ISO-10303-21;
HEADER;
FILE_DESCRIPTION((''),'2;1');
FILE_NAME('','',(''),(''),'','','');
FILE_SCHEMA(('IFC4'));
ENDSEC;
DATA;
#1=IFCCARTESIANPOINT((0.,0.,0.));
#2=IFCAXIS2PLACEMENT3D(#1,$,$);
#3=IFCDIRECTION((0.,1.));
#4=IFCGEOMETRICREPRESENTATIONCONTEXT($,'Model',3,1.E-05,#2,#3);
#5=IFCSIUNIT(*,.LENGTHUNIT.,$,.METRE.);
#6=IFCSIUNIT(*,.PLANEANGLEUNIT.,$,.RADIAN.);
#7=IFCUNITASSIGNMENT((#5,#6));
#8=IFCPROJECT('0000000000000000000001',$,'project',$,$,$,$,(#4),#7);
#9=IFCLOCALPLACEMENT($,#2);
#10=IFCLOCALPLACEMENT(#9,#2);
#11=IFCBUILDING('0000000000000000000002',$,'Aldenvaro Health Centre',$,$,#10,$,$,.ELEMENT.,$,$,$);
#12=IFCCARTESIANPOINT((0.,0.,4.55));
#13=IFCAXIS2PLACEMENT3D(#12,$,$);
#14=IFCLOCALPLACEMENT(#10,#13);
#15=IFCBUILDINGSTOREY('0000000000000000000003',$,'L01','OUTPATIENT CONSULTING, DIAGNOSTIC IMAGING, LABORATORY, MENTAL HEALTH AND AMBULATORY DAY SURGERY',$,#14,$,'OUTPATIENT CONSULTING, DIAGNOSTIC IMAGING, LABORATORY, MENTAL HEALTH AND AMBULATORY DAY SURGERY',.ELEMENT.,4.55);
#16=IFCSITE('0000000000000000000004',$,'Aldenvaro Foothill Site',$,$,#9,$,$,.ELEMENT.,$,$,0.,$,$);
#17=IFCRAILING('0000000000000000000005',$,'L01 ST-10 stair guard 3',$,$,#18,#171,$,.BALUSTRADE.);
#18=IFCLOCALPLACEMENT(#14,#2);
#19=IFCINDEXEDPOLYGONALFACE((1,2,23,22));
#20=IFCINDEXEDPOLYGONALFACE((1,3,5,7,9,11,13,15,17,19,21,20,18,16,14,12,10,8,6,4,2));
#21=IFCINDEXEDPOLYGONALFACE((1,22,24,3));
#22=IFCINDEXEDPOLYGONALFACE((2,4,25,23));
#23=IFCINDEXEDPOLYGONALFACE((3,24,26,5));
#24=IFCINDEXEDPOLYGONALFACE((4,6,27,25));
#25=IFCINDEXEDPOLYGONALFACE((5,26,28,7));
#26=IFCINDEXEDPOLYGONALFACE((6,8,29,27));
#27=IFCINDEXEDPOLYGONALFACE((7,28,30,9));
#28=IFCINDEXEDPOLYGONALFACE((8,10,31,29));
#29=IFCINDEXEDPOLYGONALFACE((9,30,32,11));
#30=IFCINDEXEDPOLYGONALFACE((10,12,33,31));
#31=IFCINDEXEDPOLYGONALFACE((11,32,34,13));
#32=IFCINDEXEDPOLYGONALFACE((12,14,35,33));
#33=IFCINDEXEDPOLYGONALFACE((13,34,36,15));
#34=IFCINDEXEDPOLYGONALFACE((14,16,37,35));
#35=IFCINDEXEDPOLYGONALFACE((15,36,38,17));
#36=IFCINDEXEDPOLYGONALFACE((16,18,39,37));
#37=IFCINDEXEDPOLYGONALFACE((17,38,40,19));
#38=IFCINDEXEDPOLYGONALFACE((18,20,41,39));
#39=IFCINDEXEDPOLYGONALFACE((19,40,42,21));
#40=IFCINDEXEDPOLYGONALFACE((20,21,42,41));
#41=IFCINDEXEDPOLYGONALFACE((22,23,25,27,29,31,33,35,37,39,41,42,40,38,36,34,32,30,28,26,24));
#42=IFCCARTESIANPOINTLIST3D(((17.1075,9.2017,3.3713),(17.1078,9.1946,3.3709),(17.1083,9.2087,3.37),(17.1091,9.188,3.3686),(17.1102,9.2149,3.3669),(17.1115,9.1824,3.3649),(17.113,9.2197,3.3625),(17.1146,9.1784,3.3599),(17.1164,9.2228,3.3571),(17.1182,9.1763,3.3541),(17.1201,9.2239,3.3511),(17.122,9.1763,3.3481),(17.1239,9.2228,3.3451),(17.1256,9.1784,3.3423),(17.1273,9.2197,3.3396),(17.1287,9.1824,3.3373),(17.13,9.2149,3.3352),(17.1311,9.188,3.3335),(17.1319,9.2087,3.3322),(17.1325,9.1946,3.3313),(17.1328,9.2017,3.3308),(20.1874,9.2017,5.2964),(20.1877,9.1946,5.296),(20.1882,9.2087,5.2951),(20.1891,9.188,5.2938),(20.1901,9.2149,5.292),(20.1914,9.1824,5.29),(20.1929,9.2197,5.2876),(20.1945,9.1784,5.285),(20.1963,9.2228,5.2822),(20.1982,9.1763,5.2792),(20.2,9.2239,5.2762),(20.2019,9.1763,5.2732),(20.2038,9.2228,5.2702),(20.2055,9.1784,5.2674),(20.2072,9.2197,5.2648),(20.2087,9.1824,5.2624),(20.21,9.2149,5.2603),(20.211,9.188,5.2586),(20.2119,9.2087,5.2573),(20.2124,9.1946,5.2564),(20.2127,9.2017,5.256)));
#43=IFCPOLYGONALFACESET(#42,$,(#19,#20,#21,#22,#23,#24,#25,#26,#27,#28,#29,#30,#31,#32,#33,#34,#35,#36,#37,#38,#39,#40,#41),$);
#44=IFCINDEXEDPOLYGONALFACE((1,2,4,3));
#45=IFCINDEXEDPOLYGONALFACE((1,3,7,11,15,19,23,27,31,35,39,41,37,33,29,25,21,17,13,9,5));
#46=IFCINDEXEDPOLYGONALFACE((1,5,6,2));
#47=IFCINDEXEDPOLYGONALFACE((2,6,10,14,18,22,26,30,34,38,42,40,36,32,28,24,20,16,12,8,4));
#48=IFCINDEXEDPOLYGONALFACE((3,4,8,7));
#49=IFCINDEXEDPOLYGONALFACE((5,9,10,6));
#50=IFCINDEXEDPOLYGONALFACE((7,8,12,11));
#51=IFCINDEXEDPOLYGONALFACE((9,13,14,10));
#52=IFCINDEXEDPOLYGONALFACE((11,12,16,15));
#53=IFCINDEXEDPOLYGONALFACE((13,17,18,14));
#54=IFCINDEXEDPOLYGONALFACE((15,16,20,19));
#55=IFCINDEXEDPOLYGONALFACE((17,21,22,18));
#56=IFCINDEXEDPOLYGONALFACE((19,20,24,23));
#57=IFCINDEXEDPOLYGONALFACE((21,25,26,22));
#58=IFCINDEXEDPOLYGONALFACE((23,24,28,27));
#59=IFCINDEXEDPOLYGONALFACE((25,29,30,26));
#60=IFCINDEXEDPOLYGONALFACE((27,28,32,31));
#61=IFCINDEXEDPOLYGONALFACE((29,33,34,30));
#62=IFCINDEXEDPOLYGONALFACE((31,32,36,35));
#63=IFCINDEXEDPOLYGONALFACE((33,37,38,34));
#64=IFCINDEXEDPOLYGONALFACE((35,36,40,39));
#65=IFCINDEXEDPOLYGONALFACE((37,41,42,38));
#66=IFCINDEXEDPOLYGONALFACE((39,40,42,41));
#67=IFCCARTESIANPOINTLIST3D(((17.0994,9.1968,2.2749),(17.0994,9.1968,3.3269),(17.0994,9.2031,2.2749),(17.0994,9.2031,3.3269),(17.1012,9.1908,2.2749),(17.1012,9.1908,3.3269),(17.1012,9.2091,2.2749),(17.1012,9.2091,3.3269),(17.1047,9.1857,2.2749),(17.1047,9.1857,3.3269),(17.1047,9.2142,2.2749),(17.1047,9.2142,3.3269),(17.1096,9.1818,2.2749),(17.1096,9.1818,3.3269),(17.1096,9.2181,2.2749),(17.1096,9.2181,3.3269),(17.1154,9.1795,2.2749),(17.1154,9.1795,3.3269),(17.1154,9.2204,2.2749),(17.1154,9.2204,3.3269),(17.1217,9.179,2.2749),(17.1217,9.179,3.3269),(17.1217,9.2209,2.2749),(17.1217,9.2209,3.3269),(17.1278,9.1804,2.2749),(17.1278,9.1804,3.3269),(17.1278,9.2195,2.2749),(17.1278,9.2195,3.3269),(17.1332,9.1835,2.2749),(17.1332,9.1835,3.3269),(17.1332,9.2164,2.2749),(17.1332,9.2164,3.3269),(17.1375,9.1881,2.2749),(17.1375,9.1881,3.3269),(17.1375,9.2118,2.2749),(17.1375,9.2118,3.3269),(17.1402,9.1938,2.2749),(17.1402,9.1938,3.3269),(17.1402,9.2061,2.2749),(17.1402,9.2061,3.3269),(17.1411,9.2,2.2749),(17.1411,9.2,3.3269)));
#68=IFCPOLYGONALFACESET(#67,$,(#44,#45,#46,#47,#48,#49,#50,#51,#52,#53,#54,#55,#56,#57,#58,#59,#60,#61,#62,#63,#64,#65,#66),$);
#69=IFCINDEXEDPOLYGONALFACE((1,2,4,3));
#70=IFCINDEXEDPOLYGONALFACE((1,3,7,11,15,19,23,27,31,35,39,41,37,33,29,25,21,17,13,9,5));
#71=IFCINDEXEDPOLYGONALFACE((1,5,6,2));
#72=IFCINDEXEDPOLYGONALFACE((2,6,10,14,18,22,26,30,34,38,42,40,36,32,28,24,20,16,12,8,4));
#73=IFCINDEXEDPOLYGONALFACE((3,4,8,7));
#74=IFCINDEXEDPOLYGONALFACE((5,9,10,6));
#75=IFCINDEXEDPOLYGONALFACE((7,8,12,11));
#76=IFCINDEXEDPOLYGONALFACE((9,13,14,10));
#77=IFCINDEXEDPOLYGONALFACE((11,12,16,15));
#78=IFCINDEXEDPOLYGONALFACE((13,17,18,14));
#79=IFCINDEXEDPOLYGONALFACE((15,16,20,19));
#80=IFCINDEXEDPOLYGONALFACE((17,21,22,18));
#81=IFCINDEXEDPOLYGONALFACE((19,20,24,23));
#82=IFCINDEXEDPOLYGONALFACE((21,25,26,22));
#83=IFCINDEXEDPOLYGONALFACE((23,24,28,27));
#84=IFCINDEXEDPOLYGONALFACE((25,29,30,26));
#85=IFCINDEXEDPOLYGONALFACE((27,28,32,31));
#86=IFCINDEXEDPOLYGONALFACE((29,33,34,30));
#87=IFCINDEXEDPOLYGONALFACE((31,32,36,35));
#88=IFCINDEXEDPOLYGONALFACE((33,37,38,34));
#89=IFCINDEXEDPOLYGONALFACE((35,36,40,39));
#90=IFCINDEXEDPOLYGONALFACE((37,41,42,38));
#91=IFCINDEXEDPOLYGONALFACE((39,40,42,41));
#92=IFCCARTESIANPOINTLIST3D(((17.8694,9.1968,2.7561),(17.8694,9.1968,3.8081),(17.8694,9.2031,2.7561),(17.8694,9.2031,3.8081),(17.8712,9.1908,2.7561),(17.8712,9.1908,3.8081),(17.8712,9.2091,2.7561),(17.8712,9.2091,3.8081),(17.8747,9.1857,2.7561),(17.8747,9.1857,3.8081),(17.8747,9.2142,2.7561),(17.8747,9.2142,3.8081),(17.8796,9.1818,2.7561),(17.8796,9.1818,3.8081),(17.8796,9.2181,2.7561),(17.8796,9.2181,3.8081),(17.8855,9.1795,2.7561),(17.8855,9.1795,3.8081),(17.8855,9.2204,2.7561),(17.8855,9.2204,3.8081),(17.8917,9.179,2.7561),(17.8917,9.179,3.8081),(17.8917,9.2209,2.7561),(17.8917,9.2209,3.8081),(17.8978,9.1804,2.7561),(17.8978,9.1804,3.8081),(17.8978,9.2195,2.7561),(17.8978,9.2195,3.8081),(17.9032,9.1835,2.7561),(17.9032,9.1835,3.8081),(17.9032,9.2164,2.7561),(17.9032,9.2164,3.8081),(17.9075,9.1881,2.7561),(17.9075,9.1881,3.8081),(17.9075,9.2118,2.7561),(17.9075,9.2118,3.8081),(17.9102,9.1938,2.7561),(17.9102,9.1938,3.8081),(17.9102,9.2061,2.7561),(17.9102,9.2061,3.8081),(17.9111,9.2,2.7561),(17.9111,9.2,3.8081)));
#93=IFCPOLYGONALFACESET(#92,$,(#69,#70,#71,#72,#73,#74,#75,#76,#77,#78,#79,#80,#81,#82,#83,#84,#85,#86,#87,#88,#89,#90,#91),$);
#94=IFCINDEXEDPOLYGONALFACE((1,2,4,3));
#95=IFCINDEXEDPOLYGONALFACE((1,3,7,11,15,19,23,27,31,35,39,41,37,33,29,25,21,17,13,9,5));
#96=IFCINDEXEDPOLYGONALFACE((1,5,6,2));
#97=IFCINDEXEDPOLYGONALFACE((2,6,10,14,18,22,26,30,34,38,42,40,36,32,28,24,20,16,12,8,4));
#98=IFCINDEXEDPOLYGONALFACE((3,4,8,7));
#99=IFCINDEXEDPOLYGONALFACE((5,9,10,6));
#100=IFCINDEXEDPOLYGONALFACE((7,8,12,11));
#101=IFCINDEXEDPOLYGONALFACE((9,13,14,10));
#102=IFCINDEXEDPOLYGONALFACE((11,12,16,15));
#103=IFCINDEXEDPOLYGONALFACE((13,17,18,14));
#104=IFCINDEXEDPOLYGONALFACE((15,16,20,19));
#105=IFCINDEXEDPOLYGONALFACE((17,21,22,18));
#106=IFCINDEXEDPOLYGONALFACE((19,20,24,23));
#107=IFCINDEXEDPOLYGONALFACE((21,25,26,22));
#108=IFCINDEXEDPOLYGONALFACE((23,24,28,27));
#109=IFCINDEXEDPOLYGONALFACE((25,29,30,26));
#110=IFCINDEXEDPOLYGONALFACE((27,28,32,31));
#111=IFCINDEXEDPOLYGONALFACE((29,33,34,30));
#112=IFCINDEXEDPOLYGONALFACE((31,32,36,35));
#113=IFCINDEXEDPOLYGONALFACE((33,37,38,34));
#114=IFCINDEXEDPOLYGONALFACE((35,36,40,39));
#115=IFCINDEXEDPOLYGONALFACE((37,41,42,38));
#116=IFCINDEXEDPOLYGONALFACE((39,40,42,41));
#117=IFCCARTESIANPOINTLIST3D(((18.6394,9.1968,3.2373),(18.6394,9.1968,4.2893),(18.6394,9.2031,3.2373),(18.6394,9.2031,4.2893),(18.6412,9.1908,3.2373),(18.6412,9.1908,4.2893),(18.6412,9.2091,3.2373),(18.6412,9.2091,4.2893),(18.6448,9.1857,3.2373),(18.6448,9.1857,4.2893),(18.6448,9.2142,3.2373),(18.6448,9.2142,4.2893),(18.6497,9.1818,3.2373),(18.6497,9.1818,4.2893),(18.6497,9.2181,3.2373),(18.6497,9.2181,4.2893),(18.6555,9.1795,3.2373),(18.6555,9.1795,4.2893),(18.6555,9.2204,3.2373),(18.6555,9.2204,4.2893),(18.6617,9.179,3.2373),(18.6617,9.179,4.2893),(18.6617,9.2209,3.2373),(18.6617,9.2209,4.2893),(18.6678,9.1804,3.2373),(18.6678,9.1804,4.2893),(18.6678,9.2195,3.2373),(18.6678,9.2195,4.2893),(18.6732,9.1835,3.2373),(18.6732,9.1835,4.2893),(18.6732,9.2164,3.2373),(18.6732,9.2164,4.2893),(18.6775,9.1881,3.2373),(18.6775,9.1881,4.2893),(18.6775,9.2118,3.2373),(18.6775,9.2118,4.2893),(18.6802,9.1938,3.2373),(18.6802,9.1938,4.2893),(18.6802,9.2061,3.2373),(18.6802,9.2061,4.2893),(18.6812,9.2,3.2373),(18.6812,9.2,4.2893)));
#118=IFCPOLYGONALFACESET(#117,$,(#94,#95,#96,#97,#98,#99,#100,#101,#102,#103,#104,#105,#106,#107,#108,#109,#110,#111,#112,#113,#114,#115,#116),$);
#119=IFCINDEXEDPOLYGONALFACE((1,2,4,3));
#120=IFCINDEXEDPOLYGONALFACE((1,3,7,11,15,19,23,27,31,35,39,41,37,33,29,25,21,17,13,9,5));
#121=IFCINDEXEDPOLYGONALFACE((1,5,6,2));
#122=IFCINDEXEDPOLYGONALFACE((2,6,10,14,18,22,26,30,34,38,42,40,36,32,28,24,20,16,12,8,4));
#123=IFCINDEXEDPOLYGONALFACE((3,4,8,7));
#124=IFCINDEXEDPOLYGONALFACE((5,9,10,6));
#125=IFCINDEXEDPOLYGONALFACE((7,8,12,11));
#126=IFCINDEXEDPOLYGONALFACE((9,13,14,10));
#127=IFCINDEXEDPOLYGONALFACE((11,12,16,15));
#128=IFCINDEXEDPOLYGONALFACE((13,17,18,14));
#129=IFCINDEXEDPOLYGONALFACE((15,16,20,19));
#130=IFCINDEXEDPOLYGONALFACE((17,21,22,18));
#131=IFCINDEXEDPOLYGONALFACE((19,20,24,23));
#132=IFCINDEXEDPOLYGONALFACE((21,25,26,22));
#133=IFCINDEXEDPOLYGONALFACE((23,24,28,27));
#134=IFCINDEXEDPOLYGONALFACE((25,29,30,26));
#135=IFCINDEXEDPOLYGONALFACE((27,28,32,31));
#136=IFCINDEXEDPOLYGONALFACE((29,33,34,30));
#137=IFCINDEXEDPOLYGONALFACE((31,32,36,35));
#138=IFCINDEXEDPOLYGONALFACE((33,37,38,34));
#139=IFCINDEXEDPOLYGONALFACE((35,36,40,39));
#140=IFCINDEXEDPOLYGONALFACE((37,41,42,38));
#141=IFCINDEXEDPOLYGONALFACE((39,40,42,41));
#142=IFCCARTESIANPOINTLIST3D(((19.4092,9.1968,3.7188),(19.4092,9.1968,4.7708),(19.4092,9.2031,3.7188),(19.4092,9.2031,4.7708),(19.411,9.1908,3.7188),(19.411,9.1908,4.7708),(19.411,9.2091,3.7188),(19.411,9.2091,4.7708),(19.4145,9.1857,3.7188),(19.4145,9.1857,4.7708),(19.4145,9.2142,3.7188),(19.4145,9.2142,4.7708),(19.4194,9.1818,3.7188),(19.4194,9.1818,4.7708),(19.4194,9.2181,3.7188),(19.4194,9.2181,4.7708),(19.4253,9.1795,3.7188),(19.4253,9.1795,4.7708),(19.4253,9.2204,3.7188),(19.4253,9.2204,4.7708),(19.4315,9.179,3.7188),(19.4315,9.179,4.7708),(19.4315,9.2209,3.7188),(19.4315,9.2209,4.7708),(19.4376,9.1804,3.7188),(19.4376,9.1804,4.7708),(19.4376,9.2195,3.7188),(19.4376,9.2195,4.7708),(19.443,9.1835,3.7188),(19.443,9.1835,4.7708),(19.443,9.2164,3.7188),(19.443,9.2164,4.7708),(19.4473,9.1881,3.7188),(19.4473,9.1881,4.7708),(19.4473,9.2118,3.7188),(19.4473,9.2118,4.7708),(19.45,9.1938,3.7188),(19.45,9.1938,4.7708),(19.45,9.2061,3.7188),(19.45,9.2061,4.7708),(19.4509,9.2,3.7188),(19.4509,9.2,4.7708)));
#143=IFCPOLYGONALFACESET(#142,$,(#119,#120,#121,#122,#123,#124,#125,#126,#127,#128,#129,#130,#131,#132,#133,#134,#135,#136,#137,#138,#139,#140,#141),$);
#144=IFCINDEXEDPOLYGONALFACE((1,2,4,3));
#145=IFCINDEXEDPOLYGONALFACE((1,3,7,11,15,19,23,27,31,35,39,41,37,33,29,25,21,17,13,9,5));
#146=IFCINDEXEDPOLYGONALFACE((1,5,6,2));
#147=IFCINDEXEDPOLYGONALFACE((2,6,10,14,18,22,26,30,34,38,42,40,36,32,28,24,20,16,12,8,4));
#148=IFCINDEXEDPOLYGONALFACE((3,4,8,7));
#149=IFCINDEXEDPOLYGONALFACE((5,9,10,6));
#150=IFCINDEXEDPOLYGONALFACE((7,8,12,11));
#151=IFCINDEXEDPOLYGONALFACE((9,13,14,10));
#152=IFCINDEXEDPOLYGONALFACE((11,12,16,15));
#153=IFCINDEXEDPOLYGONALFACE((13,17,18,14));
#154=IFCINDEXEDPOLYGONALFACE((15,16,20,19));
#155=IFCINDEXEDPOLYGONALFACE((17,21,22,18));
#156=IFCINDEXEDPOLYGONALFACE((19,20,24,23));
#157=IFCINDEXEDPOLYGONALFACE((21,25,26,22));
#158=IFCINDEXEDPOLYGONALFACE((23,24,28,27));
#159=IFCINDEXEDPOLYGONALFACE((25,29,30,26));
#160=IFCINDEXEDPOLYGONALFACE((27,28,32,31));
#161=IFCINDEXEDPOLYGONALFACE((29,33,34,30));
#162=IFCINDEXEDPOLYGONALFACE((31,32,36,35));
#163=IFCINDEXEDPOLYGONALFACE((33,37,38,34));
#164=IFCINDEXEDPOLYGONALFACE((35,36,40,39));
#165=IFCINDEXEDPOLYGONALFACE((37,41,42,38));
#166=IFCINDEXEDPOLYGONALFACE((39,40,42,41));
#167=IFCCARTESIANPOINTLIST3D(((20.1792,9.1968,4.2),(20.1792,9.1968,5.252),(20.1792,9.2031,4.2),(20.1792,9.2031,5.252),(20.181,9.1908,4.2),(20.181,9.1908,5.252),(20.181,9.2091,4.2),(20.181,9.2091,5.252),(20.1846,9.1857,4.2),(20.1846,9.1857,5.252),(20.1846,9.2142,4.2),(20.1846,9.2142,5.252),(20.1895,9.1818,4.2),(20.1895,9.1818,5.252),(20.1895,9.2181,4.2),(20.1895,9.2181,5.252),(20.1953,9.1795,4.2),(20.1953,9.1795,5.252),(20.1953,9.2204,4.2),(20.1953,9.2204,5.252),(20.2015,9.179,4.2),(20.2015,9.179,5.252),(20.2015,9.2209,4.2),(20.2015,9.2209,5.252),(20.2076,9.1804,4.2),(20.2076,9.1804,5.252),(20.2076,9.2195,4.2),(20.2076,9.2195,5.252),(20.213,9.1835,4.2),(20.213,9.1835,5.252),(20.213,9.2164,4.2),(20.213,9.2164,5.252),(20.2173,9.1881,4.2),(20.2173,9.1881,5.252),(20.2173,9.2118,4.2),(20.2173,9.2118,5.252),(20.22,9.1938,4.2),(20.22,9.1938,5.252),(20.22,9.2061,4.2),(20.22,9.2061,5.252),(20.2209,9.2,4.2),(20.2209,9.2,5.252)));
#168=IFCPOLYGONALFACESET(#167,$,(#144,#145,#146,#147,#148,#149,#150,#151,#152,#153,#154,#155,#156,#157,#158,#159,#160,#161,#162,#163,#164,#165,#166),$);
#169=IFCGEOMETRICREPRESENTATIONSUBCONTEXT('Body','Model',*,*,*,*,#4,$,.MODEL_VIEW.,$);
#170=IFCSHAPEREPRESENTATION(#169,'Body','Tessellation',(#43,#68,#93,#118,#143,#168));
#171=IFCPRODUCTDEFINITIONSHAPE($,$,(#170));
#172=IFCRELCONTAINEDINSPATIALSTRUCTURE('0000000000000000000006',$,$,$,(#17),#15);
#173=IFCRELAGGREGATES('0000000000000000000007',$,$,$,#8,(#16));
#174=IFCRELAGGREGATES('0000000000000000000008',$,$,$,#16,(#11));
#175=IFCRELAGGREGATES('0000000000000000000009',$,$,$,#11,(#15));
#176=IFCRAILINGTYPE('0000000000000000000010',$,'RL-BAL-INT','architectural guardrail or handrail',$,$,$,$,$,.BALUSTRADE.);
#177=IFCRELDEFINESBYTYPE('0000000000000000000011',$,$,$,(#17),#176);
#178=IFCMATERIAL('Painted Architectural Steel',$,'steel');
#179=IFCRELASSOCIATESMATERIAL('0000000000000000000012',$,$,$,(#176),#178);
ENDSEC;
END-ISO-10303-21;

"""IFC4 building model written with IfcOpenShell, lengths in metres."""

from ifc_helpers import new_model, si_unit, direction, frame, origin, origin_2d, place, context, subcontext, project, spatial, circle, extrude, material, type_object, element, save


model = new_model("IFC4")

# Units and contexts
model_context = context("Model", 3, precision=1e-05, world=origin(), true_north=direction((0.0, 1.0)))
body_context = subcontext(model_context, "Body", "Model", "MODEL_VIEW")
ifc_project = project(units=[si_unit("LENGTHUNIT", "METRE"), si_unit("PLANEANGLEUNIT", "RADIAN")], contexts=[model_context])

# Site, building, storey
site_placement = place(None, origin())
site = spatial("IfcSite", under=ifc_project, at=site_placement, Name="Aldenvaro Foothill Site", CompositionType="ELEMENT", RefElevation=0.0)
building_placement = place(site_placement, origin())
building = spatial("IfcBuilding", under=site, at=building_placement, Name="Aldenvaro Health Centre", CompositionType="ELEMENT")
storey_placement = place(building_placement, frame((0.0, 0.0, 4.55)))
storey = spatial("IfcBuildingStorey", under=building, at=storey_placement, Name="L01", Description="OUTPATIENT CONSULTING, DIAGNOSTIC IMAGING, LABORATORY, MENTAL HEALTH AND AMBULATORY DAY SURGERY", LongName="OUTPATIENT CONSULTING, DIAGNOSTIC IMAGING, LABORATORY, MENTAL HEALTH AND AMBULATORY DAY SURGERY", CompositionType="ELEMENT", Elevation=4.55)

# Railing
ifc_material_1 = material(Name="Painted Architectural Steel", Category="steel")
railing_type_1 = type_object("IfcRailingType", Name="RL-BAL-INT", Description="architectural guardrail or handrail", PredefinedType="BALUSTRADE", material=ifc_material_1)
railing_1_placement = place(storey_placement, frame((17.1201, 9.2, 2.2749)))
element("IfcRailing", 1, at=railing_1_placement, inside=storey, type_object=railing_type_1, Name="L01 ST-10 stair guard 3", PredefinedType="BALUSTRADE", context=body_context, shape_type="SweptSolid", body=[
    extrude(circle(Radius=0.0239, at=origin_2d()), frame((0.0, 0.0, 1.0762), z_axis=(0.847979, 0.0, 0.530029), x_axis=(0.0, 1.0, 0.0)), (0.0, 0.0, 1.0), 3.6321),
    extrude(circle(Radius=0.021, at=origin_2d()), origin(), (0.0, 0.0, 1.0), 1.052),
    extrude(circle(Radius=0.021, at=origin_2d()), frame((0.77, 0.0, 0.4812)), (0.0, 0.0, 1.0), 1.052),
    extrude(circle(Radius=0.021, at=origin_2d()), frame((1.54, 0.0, 0.9624)), (0.0, 0.0, 1.0), 1.052),
    extrude(circle(Radius=0.021, at=origin_2d()), frame((2.3098, 0.0, 1.4438)), (0.0, 0.0, 1.0), 1.052),
    extrude(circle(Radius=0.021, at=origin_2d()), frame((3.0798, 0.0, 1.925)), (0.0, 0.0, 1.0), 1.052),
])

save(model, "model.ifc")
